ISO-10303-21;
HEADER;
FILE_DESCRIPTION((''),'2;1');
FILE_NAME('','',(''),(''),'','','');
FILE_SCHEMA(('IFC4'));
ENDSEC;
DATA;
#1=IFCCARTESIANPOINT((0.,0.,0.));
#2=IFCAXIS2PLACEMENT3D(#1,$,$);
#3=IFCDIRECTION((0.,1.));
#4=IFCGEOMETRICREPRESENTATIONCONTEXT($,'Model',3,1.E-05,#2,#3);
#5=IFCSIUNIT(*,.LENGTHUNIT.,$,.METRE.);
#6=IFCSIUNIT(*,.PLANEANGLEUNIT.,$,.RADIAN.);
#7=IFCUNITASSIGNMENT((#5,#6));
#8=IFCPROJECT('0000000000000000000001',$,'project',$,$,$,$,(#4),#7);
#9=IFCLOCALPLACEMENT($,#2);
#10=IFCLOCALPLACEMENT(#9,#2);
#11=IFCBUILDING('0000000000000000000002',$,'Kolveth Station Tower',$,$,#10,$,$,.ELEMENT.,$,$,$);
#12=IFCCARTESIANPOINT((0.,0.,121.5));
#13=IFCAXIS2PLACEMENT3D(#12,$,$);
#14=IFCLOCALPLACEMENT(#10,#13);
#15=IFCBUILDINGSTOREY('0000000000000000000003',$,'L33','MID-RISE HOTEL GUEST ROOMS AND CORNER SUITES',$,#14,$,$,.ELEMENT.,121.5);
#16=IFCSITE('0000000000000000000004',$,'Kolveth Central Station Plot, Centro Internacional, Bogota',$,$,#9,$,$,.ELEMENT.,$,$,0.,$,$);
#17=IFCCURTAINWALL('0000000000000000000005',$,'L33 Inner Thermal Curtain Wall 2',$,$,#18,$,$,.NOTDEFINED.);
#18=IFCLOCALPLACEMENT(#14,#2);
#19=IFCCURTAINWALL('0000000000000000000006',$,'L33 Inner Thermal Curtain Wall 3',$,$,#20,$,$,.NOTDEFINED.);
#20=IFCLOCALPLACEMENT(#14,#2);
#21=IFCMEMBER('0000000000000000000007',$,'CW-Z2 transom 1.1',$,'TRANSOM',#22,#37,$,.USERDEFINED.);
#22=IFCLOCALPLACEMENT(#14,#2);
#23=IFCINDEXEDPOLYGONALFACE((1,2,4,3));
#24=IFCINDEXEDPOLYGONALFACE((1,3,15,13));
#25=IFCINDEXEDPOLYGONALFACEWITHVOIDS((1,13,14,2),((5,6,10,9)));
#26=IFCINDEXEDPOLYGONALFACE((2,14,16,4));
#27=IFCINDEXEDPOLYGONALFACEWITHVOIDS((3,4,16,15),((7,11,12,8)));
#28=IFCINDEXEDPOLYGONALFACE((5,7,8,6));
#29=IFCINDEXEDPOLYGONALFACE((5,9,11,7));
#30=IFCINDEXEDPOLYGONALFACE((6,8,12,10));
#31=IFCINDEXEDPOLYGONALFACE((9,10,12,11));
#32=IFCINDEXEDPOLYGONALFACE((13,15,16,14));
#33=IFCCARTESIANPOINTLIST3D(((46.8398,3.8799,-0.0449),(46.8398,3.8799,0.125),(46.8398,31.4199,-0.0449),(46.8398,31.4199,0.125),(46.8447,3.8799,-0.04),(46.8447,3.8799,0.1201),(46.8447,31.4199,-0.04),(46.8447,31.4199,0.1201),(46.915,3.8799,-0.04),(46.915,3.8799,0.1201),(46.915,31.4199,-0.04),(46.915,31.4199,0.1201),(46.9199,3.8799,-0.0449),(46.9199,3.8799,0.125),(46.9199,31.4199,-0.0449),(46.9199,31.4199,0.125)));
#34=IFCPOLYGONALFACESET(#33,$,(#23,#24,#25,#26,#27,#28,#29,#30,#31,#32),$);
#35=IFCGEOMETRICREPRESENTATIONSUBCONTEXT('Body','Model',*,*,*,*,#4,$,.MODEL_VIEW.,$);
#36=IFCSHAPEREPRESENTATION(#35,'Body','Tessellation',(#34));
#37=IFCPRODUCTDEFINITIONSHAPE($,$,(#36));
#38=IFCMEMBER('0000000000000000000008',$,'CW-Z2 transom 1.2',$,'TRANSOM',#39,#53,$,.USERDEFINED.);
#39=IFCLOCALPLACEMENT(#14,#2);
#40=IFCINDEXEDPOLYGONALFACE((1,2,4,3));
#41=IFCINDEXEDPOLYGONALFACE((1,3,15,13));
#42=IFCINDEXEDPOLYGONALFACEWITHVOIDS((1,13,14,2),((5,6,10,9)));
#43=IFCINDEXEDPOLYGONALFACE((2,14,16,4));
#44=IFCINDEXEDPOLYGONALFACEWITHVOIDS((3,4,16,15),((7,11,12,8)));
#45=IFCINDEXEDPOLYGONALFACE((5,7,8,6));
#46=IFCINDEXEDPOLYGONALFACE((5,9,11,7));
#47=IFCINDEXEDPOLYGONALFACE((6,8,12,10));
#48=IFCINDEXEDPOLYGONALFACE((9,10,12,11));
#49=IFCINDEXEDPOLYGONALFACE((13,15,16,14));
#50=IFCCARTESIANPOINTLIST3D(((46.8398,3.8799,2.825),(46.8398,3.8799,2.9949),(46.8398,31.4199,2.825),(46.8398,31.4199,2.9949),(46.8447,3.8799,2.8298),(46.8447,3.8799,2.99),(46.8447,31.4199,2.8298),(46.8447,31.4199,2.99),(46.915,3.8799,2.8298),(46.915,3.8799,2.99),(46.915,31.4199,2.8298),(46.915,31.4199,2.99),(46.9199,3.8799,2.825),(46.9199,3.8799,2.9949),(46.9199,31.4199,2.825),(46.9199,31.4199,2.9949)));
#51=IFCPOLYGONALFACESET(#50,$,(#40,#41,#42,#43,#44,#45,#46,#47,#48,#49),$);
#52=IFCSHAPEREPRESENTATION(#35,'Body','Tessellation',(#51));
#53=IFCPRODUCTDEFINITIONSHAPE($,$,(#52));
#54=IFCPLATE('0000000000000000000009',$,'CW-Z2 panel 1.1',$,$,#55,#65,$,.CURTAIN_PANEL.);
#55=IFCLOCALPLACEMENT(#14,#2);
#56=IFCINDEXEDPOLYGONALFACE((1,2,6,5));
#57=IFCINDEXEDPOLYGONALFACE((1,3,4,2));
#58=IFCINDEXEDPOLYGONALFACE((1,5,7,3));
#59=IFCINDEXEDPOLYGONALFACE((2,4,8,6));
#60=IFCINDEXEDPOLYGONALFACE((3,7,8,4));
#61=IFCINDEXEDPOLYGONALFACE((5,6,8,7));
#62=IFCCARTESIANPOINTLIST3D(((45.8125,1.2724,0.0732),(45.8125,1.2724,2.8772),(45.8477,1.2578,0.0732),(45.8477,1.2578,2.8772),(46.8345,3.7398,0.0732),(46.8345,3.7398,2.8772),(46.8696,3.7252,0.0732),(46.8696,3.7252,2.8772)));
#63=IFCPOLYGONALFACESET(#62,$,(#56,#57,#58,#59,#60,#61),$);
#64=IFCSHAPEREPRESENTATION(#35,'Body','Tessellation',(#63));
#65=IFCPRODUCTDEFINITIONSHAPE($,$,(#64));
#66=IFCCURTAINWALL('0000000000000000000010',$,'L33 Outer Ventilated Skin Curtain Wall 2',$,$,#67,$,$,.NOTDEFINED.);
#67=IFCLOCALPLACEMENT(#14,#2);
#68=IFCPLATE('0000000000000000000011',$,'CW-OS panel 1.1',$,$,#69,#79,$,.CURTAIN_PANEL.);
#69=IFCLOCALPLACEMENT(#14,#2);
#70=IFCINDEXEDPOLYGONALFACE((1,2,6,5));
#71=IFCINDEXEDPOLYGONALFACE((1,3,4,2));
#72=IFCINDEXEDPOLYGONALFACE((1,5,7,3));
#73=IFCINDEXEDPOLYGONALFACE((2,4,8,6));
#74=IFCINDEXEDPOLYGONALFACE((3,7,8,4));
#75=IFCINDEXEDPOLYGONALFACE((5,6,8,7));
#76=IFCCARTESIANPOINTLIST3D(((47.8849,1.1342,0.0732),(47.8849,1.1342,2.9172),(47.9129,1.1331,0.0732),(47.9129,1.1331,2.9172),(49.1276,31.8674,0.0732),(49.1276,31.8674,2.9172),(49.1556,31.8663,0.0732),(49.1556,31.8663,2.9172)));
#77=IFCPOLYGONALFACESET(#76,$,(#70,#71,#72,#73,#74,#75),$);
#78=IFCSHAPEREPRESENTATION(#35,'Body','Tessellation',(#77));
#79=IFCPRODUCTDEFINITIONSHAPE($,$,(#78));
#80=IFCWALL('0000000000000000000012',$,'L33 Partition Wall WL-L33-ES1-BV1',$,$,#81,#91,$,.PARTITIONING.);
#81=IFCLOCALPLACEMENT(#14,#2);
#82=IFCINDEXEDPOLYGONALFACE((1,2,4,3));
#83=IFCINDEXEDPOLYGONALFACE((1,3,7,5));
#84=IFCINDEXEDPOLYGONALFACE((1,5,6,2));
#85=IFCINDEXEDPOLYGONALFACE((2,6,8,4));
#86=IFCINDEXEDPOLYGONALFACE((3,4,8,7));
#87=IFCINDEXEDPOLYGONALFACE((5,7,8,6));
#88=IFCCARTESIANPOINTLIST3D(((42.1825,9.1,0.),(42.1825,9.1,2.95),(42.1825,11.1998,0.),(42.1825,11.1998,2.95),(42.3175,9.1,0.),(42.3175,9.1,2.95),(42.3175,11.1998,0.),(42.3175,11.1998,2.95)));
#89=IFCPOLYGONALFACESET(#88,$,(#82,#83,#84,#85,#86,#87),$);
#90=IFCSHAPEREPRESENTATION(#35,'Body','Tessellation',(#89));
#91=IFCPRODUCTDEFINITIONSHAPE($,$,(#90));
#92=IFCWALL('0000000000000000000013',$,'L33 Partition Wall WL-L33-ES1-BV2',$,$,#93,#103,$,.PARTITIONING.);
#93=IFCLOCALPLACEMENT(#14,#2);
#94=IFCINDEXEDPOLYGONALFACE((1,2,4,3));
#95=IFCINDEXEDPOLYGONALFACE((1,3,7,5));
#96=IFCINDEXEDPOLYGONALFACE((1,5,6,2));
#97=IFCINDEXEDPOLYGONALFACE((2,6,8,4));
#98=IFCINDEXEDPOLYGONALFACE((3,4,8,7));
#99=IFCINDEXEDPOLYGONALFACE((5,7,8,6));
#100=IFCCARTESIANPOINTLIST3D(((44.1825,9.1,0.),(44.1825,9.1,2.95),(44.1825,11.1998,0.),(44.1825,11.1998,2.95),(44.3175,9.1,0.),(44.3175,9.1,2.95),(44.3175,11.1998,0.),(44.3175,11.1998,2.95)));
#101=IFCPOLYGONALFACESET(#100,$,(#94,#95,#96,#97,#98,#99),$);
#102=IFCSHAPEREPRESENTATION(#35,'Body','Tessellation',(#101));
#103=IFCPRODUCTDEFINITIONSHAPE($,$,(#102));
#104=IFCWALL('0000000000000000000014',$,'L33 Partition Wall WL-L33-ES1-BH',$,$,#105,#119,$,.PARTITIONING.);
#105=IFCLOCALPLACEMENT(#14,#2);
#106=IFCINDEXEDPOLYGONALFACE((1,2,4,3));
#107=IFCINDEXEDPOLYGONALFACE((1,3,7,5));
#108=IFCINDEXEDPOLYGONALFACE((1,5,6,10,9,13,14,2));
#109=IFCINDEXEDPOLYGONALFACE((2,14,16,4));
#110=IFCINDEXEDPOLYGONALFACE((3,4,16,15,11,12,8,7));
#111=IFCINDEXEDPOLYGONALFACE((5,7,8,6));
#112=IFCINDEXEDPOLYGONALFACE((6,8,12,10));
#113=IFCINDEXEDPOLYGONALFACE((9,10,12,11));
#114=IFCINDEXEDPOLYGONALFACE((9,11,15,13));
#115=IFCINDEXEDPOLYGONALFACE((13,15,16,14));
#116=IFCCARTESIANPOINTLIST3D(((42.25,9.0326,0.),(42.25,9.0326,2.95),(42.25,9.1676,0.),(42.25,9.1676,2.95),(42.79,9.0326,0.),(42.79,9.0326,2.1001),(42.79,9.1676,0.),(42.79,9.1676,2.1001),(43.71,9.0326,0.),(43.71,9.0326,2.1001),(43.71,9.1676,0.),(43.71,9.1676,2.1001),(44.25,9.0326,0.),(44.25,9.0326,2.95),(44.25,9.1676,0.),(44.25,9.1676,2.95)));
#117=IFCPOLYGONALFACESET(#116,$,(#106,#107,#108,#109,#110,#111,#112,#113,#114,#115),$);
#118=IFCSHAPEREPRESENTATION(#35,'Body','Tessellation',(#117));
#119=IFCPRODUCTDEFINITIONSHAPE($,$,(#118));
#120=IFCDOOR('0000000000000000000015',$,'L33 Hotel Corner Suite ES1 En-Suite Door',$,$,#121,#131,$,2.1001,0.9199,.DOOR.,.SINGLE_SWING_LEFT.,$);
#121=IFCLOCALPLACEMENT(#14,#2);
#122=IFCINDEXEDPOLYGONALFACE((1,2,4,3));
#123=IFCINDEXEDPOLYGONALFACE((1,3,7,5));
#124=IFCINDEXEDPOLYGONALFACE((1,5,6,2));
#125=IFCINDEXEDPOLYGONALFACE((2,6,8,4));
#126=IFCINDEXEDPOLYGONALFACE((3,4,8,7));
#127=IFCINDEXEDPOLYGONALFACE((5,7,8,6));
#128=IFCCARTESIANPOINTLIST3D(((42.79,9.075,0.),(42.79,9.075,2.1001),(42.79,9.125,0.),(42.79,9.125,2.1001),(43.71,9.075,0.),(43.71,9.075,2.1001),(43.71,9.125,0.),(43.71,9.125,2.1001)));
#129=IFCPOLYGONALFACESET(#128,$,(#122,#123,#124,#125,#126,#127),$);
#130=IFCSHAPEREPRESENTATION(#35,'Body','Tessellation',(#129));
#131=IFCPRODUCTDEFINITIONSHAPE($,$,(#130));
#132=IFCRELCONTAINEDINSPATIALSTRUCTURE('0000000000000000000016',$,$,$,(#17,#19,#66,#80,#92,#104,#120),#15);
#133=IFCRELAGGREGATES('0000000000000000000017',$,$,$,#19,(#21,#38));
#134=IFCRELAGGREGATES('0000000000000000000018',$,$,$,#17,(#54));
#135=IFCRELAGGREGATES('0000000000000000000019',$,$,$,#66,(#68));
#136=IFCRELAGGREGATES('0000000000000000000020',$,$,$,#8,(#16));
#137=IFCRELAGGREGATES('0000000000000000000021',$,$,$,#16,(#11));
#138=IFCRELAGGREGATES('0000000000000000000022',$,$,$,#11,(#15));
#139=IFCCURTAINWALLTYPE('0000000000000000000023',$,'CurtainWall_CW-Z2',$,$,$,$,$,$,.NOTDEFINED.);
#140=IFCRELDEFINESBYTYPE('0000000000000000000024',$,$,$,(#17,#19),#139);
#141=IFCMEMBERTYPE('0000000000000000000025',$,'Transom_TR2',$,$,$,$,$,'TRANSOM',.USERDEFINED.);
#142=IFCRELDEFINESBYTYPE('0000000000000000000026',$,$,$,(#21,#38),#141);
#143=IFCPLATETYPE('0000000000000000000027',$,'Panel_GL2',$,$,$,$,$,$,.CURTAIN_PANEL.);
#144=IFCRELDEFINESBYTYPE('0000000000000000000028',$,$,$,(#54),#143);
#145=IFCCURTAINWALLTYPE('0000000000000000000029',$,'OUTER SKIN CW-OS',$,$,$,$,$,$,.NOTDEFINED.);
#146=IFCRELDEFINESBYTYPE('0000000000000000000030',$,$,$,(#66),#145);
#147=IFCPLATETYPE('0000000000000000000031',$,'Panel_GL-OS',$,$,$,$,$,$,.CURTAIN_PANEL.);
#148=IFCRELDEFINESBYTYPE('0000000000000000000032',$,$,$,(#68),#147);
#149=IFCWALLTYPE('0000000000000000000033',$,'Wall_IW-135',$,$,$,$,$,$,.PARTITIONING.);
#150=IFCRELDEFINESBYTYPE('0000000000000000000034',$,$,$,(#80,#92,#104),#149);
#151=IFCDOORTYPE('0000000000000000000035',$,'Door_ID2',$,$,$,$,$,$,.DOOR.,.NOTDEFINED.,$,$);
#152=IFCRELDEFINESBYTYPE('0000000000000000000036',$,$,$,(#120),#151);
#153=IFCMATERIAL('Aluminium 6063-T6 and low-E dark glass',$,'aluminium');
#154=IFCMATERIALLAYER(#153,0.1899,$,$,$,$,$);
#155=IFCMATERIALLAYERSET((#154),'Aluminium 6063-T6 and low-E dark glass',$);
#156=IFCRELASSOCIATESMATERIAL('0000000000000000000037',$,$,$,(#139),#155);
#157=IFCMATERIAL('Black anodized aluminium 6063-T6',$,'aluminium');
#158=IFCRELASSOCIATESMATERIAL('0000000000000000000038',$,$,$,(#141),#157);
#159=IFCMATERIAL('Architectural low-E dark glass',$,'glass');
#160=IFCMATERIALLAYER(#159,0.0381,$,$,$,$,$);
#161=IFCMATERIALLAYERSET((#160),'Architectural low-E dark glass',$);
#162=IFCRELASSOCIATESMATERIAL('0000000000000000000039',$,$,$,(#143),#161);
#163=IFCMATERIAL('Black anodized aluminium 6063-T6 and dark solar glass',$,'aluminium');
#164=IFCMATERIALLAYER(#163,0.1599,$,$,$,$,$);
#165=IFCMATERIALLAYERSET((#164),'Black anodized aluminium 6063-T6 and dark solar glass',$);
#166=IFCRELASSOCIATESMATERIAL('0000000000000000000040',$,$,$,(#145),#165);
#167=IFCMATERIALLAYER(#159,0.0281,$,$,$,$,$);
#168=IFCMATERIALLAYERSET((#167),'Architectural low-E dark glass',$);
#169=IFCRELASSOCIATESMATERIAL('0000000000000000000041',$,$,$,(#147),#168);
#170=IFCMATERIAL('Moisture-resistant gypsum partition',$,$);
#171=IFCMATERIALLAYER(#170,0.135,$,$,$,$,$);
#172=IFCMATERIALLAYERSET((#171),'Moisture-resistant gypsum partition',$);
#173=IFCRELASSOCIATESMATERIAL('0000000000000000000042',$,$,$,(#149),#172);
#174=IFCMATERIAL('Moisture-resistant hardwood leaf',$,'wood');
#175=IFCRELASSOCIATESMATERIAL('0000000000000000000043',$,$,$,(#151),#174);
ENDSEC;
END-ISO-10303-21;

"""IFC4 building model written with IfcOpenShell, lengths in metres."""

from ifc_helpers import new_model, si_unit, direction, frame, frame_2d, origin, origin_2d, place, context, subcontext, project, spatial, rectangle, hollow_rectangle, extrude, source, transform, mapped, material, layer, layer_set, material_profile, profile_set, type_object, element, fill, aggregate, save


model = new_model("IFC4")

# Units and contexts
model_context = context("Model", 3, precision=1e-05, world=origin(), true_north=direction((0.0, 1.0)))
body_context = subcontext(model_context, "Body", "Model", "MODEL_VIEW")
ifc_project = project(units=[si_unit("LENGTHUNIT", "METRE"), si_unit("PLANEANGLEUNIT", "RADIAN")], contexts=[model_context])

# Site, building, storey
site_placement = place(None, origin())
site = spatial("IfcSite", under=ifc_project, at=site_placement, Name="Kolveth Central Station Plot, Centro Internacional, Bogota", CompositionType="ELEMENT", RefElevation=0.0)
building_placement = place(site_placement, origin())
building = spatial("IfcBuilding", under=site, at=building_placement, Name="Kolveth Station Tower", CompositionType="ELEMENT")
storey_placement = place(building_placement, frame((0.0, 0.0, 121.5)))
storey = spatial("IfcBuildingStorey", under=building, at=storey_placement, Name="L33", Description="MID-RISE HOTEL GUEST ROOMS AND CORNER SUITES", CompositionType="ELEMENT", Elevation=121.5)

# Curtain walls
ifc_material_1 = material(Name="Aluminium 6063-T6 and low-E dark glass", Category="aluminium")
ifc_layer_1 = layer(ifc_material_1, 0.1899)
ifc_layer_set_1 = layer_set([ifc_layer_1], Name="Aluminium 6063-T6 and low-E dark glass")
curtain_wall_type_1 = type_object("IfcCurtainWallType", Name="CurtainWall_CW-Z2", PredefinedType="NOTDEFINED", material=ifc_layer_set_1)
curtain_wall_1_placement = place(storey_placement, origin())
curtain_wall_1 = element("IfcCurtainWall", 1, at=curtain_wall_1_placement, inside=storey, type_object=curtain_wall_type_1, Name="L33 Inner Thermal Curtain Wall 2", PredefinedType="NOTDEFINED")
ifc_material_2 = material(Name="Black anodized aluminium 6063-T6", Category="aluminium")
curtain_wall_2_placement = place(storey_placement, origin())
curtain_wall_2 = element("IfcCurtainWall", 2, at=curtain_wall_2_placement, inside=storey, type_object=curtain_wall_type_1, Name="L33 Inner Thermal Curtain Wall 3", PredefinedType="NOTDEFINED")

# Members
ifc_material_profile_1 = material_profile(ifc_material_2, hollow_rectangle(XDim=0.0801, YDim=0.1699, WallThickness=0.0049, at=origin_2d()), Name="ALU-80x170x5")
ifc_profile_set_1 = profile_set([ifc_material_profile_1], Name="Black anodized aluminium 6063-T6")
member_type_1 = type_object("IfcMemberType", Name="Transom_TR2", ElementType="TRANSOM", PredefinedType="USERDEFINED", material=ifc_profile_set_1)
shared_shape_1 = source(origin(), body_context, "Body", "SweptSolid", [
    extrude(hollow_rectangle(XDim=0.0801, YDim=0.1699, WallThickness=0.0049, at=origin_2d()), origin(), (0.0, 0.0, 1.0), 27.54),
])
member_1_placement = place(storey_placement, frame((46.8799, 3.8799, 0.04), z_axis=(0.0, 1.0, 0.0), x_axis=(-1.0, 0.0, 0.0)))
member_1 = element("IfcMember", 3, at=member_1_placement, type_object=member_type_1, Name="CW-Z2 transom 1.1", ObjectType="TRANSOM", PredefinedType="USERDEFINED", context=body_context, shape_type="MappedRepresentation", body=[
    mapped(shared_shape_1, transform((0.0, 0.0, 0.0), x_axis=(1.0, 0.0, 0.0), y_axis=(0.0, 1.0, 0.0), z_axis=(0.0, 0.0, 1.0), scale=1.0)),
])
member_2_placement = place(storey_placement, frame((46.8799, 3.8799, 2.9099), z_axis=(0.0, 1.0, 0.0), x_axis=(-1.0, 0.0, 0.0)))
member_2 = element("IfcMember", 4, at=member_2_placement, type_object=member_type_1, Name="CW-Z2 transom 1.2", ObjectType="TRANSOM", PredefinedType="USERDEFINED", context=body_context, shape_type="MappedRepresentation", body=[
    mapped(shared_shape_1, transform((0.0, 0.0, 0.0), x_axis=(1.0, 0.0, 0.0), y_axis=(0.0, 1.0, 0.0), z_axis=(0.0, 0.0, 1.0), scale=1.0)),
])
aggregate(curtain_wall_2, [member_1, member_2])

# Plate
ifc_material_3 = material(Name="Architectural low-E dark glass", Category="glass")
ifc_layer_2 = layer(ifc_material_3, 0.0381)
ifc_layer_set_2 = layer_set([ifc_layer_2], Name="Architectural low-E dark glass")
plate_type_1 = type_object("IfcPlateType", Name="Panel_GL2", PredefinedType="CURTAIN_PANEL", material=ifc_layer_set_2)
shared_shape_2 = source(origin(), body_context, "Body", "SweptSolid", [
    extrude(rectangle(XDim=2.6707, YDim=0.0381, at=origin_2d()), origin(), (0.0, 0.0, 1.0), 2.804),
])
plate_1_placement = place(storey_placement, frame((46.3411, 2.4988, 0.0732), z_axis=(0.0, 0.0, 1.0), x_axis=(0.382663, 0.923888, 0.0)))
plate_1 = element("IfcPlate", 5, at=plate_1_placement, type_object=plate_type_1, Name="CW-Z2 panel 1.1", PredefinedType="CURTAIN_PANEL", context=body_context, shape_type="MappedRepresentation", body=[
    mapped(shared_shape_2, transform((0.0, 0.0, 0.0), x_axis=(1.0, 0.0, 0.0), y_axis=(0.0, 1.0, 0.0), z_axis=(0.0, 0.0, 1.0), scale=1.0)),
])
aggregate(curtain_wall_1, [plate_1])

# Curtain wall, plate
ifc_material_4 = material(Name="Black anodized aluminium 6063-T6 and dark solar glass", Category="aluminium")
ifc_layer_3 = layer(ifc_material_4, 0.1599)
ifc_layer_set_3 = layer_set([ifc_layer_3], Name="Black anodized aluminium 6063-T6 and dark solar glass")
curtain_wall_type_2 = type_object("IfcCurtainWallType", Name="OUTER SKIN CW-OS", PredefinedType="NOTDEFINED", material=ifc_layer_set_3)
curtain_wall_3_placement = place(storey_placement, origin())
curtain_wall_3 = element("IfcCurtainWall", 6, at=curtain_wall_3_placement, inside=storey, type_object=curtain_wall_type_2, Name="L33 Outer Ventilated Skin Curtain Wall 2", PredefinedType="NOTDEFINED")
ifc_layer_4 = layer(ifc_material_3, 0.0281)
ifc_layer_set_4 = layer_set([ifc_layer_4], Name="Architectural low-E dark glass")
plate_type_2 = type_object("IfcPlateType", Name="Panel_GL-OS", PredefinedType="CURTAIN_PANEL", material=ifc_layer_set_4)
shared_shape_3 = source(origin(), body_context, "Body", "SweptSolid", [
    extrude(rectangle(XDim=30.7583, YDim=0.0281, at=origin_2d()), origin(), (0.0, 0.0, 1.0), 2.844),
])
plate_2_placement = place(storey_placement, frame((48.5203, 16.5002, 0.0732), z_axis=(0.0, 0.0, 1.0), x_axis=(0.040402, 0.999184, 0.0)))
plate_2 = element("IfcPlate", 7, at=plate_2_placement, type_object=plate_type_2, Name="CW-OS panel 1.1", PredefinedType="CURTAIN_PANEL", context=body_context, shape_type="MappedRepresentation", body=[
    mapped(shared_shape_3, transform((0.0, 0.0, 0.0), x_axis=(1.0, 0.0, 0.0), y_axis=(0.0, 1.0, 0.0), z_axis=(0.0, 0.0, 1.0), scale=1.0)),
])
aggregate(curtain_wall_3, [plate_2])

# Walls
ifc_material_5 = material(Name="Moisture-resistant gypsum partition")
ifc_layer_5 = layer(ifc_material_5, 0.135)
ifc_layer_set_5 = layer_set([ifc_layer_5], Name="Moisture-resistant gypsum partition")
wall_type = type_object("IfcWallType", Name="Wall_IW-135", PredefinedType="PARTITIONING", material=ifc_layer_set_5)
for number, where, z_axis, x_axis, name in (
    (8, (42.25, 9.1001, 0.0), (0.0, 0.0, 1.0), (0.0, 1.0, 0.0), "L33 Partition Wall WL-L33-ES1-BV1"),
    (9, (44.25, 9.1001, 0.0), (0.0, 0.0, 1.0), (0.0, 1.0, 0.0), "L33 Partition Wall WL-L33-ES1-BV2"),
):
    element("IfcWall", number, at=place(storey_placement, frame(where, z_axis=z_axis, x_axis=x_axis)), inside=storey, type_object=wall_type, Name=name, PredefinedType="PARTITIONING", context=body_context, shape_type="SweptSolid", body=[
        extrude(rectangle(XDim=2.0999, YDim=0.135, at=frame_2d((1.0498, 0.0))), origin(), (0.0, 0.0, 1.0), 2.95),
    ])

# Wall, opening, door
wall_placement = place(storey_placement, frame((42.25, 9.1001, 0.0), z_axis=(0.0, 0.0, 1.0), x_axis=(1.0, 0.0, 0.0)))
wall = element("IfcWall", 10, at=wall_placement, inside=storey, type_object=wall_type, Name="L33 Partition Wall WL-L33-ES1-BH", PredefinedType="PARTITIONING", context=body_context, shape_type="SweptSolid", body=[
    extrude(rectangle(XDim=2.0, YDim=0.135, at=frame_2d((1.0, 0.0))), origin(), (0.0, 0.0, 1.0), 2.95),
])
opening_placement = place(wall_placement, frame((0.54, 0.0, 0.0)))
opening = element("IfcOpeningElement", 11, at=opening_placement, cuts=wall, PredefinedType="OPENING", context=body_context, shape_type="SweptSolid", body=[
    extrude(rectangle(XDim=0.9199, YDim=2.1001, at=frame_2d((0.46, 1.05))), frame((0.0, 0.0774, 0.0), z_axis=(0.0, -1.0, 0.0), x_axis=(1.0, 0.0, 0.0)), (0.0, 0.0, 1.0), 0.155),
])
ifc_material_6 = material(Name="Moisture-resistant hardwood leaf", Category="wood")
door_type = type_object("IfcDoorType", Name="Door_ID2", OperationType="NOTDEFINED", PredefinedType="DOOR", material=ifc_material_6)
door_placement = place(opening_placement, origin())
door = element("IfcDoor", 12, at=door_placement, inside=storey, type_object=door_type, Name="L33 Hotel Corner Suite ES1 En-Suite Door", OperationType="SINGLE_SWING_LEFT", OverallHeight=2.1001, OverallWidth=0.9199, PredefinedType="DOOR", context=body_context, shape_type="SweptSolid", body=[
    extrude(rectangle(XDim=0.9199, YDim=2.1001, at=frame_2d((0.46, 1.05))), frame((0.0, 0.0249, 0.0), z_axis=(0.0, -1.0, 0.0), x_axis=(1.0, 0.0, 0.0)), (0.0, 0.0, 1.0), 0.05),
])
fill(opening, door)

save(model, "model.ifc")
